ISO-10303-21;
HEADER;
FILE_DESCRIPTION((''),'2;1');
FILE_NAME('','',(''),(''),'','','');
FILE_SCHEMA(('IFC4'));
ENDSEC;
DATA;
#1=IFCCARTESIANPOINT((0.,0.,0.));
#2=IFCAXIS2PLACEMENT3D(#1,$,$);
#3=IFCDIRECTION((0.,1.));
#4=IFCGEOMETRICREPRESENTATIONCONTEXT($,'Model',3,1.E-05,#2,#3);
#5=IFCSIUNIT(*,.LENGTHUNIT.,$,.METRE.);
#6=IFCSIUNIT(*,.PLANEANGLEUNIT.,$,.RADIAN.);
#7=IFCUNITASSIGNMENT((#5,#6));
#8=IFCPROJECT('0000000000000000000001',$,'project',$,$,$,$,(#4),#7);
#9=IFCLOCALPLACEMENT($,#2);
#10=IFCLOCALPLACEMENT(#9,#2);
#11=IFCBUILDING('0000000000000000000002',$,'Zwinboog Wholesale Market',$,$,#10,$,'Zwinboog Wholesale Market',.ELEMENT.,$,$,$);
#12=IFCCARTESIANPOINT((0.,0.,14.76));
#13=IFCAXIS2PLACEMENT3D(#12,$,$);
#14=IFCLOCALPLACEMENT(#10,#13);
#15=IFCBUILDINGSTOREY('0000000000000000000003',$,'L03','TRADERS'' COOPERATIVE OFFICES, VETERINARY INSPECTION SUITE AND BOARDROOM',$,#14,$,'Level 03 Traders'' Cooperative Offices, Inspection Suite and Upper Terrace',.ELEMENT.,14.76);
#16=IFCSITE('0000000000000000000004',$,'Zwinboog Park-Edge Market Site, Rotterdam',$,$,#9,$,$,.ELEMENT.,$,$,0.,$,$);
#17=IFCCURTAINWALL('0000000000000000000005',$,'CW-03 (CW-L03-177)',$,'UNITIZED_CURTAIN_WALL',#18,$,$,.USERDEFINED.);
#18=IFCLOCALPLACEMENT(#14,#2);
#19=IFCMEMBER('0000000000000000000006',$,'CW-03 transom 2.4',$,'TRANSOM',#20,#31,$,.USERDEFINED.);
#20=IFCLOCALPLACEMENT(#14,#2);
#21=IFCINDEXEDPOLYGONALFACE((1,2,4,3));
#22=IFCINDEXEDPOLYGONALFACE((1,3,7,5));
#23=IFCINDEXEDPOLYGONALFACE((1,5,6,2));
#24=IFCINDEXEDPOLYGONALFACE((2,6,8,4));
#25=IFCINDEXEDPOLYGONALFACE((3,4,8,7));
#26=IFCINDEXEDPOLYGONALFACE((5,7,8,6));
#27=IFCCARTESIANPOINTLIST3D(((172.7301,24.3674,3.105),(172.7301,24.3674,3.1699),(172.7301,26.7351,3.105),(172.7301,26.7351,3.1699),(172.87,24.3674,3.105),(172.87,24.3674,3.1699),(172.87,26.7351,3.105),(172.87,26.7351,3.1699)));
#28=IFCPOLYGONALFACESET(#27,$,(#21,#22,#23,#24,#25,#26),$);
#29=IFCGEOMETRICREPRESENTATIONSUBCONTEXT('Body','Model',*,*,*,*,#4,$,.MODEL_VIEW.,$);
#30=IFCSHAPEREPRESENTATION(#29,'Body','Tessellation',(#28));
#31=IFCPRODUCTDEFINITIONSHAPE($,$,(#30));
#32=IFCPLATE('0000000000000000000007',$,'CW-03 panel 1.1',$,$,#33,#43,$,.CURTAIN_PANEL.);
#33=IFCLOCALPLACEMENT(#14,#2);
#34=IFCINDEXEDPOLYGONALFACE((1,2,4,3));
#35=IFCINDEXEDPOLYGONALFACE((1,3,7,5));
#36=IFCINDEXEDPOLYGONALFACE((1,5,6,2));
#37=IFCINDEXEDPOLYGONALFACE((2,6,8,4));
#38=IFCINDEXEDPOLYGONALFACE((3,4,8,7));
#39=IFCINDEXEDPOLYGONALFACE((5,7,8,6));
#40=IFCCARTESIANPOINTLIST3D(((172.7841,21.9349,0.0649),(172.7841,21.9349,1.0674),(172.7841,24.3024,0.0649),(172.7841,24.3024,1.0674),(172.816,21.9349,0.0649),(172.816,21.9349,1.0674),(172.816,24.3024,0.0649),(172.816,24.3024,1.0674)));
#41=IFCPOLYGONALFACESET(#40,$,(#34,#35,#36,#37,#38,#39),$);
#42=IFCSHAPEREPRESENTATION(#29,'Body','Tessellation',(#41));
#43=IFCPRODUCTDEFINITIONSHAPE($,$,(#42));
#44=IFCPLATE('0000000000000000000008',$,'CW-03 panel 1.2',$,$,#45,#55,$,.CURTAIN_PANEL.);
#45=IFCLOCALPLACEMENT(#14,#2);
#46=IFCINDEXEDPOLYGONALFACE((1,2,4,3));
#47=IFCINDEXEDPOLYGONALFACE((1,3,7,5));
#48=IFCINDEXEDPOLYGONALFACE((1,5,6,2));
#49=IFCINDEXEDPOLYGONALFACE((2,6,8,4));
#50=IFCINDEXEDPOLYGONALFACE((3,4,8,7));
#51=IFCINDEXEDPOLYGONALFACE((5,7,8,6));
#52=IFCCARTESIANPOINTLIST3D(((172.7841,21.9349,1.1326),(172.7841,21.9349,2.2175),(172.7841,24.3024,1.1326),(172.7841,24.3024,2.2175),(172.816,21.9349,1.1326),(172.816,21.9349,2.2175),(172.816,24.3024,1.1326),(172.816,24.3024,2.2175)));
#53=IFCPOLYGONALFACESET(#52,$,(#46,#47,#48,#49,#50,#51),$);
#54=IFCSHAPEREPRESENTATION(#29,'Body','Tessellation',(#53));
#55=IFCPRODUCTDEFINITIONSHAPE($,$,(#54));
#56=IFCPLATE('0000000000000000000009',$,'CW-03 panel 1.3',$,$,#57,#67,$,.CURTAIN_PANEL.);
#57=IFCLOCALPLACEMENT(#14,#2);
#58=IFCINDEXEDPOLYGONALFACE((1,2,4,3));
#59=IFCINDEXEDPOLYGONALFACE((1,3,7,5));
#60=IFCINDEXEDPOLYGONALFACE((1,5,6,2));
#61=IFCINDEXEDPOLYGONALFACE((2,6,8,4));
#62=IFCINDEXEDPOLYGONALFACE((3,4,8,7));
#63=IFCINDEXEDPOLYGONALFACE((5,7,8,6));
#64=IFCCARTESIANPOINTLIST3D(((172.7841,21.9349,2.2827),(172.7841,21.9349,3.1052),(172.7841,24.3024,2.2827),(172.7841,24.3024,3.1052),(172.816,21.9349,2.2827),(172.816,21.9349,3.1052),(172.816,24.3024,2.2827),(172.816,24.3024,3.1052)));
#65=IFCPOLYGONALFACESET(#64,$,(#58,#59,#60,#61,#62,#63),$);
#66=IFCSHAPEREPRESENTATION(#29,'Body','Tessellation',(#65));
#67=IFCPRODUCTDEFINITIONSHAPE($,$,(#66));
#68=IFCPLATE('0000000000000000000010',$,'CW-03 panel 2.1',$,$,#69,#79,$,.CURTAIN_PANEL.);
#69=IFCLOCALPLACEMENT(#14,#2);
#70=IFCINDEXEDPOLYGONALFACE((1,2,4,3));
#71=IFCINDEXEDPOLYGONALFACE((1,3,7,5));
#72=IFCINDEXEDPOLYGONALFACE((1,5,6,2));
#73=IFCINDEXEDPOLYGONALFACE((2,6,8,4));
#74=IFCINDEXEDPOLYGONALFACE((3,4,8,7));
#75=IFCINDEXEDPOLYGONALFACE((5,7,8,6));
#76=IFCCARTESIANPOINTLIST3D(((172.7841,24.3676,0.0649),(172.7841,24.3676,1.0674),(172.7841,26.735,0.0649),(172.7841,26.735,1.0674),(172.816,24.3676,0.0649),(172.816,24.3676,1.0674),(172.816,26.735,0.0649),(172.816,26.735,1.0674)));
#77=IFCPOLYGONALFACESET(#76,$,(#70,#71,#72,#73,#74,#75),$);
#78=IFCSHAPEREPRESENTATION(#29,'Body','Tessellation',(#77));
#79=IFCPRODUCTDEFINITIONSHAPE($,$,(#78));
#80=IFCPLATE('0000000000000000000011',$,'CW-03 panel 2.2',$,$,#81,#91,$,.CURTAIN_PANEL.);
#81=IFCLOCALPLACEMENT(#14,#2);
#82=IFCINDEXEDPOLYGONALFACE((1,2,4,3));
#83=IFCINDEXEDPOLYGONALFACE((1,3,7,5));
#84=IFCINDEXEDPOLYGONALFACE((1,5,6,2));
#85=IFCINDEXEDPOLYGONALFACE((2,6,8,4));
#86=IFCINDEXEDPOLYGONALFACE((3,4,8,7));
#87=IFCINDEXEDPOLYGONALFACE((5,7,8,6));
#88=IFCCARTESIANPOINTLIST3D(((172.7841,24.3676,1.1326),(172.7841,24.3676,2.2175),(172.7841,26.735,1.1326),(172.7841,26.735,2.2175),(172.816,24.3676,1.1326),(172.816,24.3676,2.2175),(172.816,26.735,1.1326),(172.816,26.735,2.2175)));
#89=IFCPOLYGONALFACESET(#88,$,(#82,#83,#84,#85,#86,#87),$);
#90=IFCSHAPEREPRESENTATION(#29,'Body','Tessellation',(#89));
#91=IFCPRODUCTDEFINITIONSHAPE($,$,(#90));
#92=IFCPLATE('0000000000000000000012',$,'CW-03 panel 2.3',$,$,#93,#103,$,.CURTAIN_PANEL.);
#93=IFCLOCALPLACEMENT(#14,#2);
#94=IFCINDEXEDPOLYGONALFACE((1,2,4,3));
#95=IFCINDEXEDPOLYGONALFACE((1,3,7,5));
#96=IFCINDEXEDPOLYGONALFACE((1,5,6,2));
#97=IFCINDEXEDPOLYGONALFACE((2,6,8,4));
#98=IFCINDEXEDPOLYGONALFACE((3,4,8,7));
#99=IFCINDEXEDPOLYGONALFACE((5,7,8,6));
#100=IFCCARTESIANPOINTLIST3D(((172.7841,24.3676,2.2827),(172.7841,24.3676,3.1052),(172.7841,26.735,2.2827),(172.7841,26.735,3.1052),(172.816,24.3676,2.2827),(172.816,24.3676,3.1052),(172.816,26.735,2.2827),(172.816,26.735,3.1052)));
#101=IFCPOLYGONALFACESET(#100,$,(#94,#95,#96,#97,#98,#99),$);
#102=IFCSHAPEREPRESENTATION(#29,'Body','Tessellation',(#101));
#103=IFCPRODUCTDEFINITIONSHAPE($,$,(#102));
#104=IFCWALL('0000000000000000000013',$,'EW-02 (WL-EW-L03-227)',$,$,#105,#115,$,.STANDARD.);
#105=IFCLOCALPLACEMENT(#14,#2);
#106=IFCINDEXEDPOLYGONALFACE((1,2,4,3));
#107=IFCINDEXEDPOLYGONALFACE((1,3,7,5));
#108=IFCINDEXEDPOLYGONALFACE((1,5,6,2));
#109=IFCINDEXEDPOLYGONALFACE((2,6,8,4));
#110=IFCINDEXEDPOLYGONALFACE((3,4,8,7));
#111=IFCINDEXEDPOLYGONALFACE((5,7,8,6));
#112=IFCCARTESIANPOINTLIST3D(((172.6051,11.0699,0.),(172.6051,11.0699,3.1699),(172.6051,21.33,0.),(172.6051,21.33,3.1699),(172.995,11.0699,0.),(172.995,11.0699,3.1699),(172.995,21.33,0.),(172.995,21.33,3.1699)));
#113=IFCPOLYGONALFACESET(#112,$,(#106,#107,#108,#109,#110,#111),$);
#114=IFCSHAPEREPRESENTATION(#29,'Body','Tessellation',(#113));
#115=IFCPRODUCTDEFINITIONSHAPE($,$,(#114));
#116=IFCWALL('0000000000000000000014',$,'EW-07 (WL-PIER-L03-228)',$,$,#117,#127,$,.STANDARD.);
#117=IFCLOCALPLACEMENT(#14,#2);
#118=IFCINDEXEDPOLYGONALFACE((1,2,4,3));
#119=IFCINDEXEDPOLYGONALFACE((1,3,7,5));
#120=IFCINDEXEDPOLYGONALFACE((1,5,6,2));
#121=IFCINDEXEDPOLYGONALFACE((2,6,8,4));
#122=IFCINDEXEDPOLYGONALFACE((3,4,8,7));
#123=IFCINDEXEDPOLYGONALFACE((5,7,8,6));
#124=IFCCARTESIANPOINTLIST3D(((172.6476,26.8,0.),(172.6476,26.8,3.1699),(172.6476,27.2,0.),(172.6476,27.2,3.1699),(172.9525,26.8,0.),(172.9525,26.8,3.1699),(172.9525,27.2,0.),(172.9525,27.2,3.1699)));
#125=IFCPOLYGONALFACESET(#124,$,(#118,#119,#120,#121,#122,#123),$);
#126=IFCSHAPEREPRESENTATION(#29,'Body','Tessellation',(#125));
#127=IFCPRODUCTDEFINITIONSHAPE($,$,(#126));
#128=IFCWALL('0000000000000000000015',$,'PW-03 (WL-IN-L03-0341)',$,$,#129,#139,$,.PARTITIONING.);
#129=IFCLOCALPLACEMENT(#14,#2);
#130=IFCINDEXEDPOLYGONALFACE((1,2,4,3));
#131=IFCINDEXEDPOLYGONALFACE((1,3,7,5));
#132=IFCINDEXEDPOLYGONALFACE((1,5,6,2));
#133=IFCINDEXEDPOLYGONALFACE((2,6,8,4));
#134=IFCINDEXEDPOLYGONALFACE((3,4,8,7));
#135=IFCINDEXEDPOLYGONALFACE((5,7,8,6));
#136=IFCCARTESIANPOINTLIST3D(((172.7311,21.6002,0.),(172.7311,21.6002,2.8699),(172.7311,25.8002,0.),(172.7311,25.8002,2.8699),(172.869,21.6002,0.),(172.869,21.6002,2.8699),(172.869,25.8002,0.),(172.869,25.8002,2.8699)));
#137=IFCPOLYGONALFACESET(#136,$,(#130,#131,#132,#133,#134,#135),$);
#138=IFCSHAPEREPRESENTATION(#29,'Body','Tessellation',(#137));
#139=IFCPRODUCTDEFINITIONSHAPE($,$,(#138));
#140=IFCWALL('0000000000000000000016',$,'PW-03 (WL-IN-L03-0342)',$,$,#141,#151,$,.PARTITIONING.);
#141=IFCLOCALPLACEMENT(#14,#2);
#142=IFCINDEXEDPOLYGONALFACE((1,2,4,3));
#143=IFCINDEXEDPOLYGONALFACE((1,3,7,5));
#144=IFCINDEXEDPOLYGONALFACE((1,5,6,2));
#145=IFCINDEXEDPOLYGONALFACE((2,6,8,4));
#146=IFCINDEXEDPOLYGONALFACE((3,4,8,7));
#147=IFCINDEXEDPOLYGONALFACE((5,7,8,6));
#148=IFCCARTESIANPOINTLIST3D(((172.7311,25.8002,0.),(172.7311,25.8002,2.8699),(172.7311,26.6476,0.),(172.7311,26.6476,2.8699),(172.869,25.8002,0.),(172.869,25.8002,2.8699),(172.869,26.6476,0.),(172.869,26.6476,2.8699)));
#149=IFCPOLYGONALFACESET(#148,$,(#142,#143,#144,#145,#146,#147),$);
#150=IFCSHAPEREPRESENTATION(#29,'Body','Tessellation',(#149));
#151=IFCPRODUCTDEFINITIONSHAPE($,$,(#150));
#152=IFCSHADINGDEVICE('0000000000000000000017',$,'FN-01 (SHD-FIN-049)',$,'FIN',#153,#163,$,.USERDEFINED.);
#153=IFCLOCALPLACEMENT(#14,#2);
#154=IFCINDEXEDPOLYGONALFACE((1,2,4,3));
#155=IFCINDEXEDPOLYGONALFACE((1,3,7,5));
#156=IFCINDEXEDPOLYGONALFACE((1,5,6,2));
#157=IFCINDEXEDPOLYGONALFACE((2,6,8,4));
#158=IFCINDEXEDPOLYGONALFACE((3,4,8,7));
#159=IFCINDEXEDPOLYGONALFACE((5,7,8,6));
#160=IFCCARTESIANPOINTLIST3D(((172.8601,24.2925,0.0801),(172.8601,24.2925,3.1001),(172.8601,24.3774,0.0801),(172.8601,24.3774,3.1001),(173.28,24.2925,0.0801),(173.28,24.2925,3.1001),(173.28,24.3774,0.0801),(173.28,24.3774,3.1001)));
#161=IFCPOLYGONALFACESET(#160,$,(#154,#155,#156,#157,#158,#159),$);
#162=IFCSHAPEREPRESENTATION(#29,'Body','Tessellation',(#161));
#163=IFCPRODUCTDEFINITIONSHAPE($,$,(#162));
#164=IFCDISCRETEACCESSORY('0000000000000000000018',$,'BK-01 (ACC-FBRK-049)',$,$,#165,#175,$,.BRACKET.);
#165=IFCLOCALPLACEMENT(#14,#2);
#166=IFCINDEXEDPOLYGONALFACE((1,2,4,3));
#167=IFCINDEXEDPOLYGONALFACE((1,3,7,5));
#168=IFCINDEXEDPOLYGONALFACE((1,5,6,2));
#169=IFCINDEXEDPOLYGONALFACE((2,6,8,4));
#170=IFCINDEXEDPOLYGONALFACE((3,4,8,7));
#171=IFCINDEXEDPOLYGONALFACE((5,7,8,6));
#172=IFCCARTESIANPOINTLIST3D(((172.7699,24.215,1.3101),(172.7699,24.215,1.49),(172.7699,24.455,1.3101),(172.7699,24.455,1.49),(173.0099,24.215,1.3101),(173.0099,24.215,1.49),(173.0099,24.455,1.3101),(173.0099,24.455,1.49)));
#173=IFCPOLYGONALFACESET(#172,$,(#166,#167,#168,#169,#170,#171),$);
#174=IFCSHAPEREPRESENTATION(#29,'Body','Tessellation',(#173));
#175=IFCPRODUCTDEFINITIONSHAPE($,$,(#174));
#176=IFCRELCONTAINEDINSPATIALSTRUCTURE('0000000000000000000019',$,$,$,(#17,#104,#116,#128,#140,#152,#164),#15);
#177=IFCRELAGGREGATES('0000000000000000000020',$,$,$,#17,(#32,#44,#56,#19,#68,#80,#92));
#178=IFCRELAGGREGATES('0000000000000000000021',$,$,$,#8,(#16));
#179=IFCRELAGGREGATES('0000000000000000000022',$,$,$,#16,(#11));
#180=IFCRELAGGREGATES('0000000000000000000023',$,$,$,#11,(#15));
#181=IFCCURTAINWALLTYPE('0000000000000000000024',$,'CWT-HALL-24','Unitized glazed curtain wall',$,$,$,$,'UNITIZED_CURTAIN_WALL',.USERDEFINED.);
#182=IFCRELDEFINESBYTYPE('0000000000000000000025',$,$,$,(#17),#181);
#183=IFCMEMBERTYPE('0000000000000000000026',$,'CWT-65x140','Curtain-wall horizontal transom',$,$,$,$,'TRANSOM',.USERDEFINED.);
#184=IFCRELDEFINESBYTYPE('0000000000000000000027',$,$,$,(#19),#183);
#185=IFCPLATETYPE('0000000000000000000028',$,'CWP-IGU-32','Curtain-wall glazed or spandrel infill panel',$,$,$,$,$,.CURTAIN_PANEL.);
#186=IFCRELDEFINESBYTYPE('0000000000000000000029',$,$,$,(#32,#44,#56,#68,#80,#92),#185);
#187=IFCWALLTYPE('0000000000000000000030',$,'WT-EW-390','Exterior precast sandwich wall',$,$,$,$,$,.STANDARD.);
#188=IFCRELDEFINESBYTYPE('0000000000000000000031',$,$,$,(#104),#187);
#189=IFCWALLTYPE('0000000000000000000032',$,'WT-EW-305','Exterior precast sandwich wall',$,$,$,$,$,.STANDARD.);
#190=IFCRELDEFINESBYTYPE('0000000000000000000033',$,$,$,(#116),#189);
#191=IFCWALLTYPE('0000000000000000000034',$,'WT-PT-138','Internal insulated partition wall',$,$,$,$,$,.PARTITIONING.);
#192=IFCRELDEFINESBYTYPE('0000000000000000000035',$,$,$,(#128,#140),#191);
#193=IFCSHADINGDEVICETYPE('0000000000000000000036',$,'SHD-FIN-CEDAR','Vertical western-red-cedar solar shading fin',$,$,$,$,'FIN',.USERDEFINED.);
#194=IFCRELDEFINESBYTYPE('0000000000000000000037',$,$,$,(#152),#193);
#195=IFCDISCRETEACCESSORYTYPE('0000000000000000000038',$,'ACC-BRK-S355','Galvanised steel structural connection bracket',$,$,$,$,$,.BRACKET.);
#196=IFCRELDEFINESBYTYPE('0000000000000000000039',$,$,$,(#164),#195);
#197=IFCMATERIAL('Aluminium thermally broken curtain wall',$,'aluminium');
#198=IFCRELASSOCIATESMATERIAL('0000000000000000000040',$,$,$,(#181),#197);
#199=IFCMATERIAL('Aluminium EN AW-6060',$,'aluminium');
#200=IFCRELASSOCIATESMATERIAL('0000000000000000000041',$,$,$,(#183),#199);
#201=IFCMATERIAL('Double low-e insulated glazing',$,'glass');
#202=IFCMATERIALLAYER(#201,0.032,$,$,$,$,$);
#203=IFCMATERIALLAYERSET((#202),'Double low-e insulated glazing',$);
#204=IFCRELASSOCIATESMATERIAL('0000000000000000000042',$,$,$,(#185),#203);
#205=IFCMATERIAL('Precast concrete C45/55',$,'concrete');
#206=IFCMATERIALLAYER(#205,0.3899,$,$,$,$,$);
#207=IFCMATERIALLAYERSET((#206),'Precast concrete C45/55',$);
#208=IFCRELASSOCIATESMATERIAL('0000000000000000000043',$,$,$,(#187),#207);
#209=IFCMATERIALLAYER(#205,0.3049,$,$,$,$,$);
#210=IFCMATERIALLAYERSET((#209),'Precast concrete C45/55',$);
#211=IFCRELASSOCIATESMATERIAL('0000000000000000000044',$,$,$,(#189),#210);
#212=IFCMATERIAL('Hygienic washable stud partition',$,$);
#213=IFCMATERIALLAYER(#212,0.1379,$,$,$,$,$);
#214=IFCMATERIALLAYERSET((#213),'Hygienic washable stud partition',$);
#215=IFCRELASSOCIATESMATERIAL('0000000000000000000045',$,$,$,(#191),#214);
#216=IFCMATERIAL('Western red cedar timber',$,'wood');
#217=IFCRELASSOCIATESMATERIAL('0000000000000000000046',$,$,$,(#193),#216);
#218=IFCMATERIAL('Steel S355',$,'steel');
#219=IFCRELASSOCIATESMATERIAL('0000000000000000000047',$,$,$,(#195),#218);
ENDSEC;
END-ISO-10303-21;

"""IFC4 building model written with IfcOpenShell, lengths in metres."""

from ifc_helpers import new_model, si_unit, direction, frame, frame_2d, origin, origin_2d, place, context, subcontext, project, spatial, rectangle, extrude, material, layer, layer_set, material_profile, profile_set, type_object, element, aggregate, save


model = new_model("IFC4")

# Units and contexts
model_context = context("Model", 3, precision=1e-05, world=origin(), true_north=direction((0.0, 1.0)))
body_context = subcontext(model_context, "Body", "Model", "MODEL_VIEW")
ifc_project = project(units=[si_unit("LENGTHUNIT", "METRE"), si_unit("PLANEANGLEUNIT", "RADIAN")], contexts=[model_context])

# Site, building, storey
site_placement = place(None, origin())
site = spatial("IfcSite", under=ifc_project, at=site_placement, Name="Zwinboog Park-Edge Market Site, Rotterdam", CompositionType="ELEMENT", RefElevation=0.0)
building_placement = place(site_placement, origin())
building = spatial("IfcBuilding", under=site, at=building_placement, Name="Zwinboog Wholesale Market", LongName="Zwinboog Wholesale Market", CompositionType="ELEMENT")
storey_placement = place(building_placement, frame((0.0, 0.0, 14.76)))
storey = spatial("IfcBuildingStorey", under=building, at=storey_placement, Name="L03", Description="TRADERS' COOPERATIVE OFFICES, VETERINARY INSPECTION SUITE AND BOARDROOM", LongName="Level 03 Traders' Cooperative Offices, Inspection Suite and Upper Terrace", CompositionType="ELEMENT", Elevation=14.76)

# Shared definitions
ifc_material_1 = material(Name="Precast concrete C45/55", Category="concrete")

# Curtain wall, member, plates
ifc_material_2 = material(Name="Aluminium thermally broken curtain wall", Category="aluminium")
curtain_wall_type = type_object("IfcCurtainWallType", Name="CWT-HALL-24", Description="Unitized glazed curtain wall", ElementType="UNITIZED_CURTAIN_WALL", PredefinedType="USERDEFINED", material=ifc_material_2)
curtain_wall_placement = place(storey_placement, origin())
curtain_wall = element("IfcCurtainWall", 1, at=curtain_wall_placement, inside=storey, type_object=curtain_wall_type, Name="CW-03 (CW-L03-177)", ObjectType="UNITIZED_CURTAIN_WALL", PredefinedType="USERDEFINED")
ifc_material_3 = material(Name="Aluminium EN AW-6060", Category="aluminium")
ifc_material_profile_1 = material_profile(ifc_material_3, rectangle(XDim=0.1399, YDim=0.0649, at=origin_2d()), Name="AL 65x140")
ifc_profile_set_1 = profile_set([ifc_material_profile_1], Name="Aluminium EN AW-6060")
member_type_1 = type_object("IfcMemberType", Name="CWT-65x140", Description="Curtain-wall horizontal transom", ElementType="TRANSOM", PredefinedType="USERDEFINED", material=ifc_profile_set_1)
member_1_placement = place(storey_placement, frame((172.8, 24.3674, 3.1375), z_axis=(0.0, 1.0, 0.0), x_axis=(-1.0, 0.0, 0.0)))
member_1 = element("IfcMember", 2, at=member_1_placement, type_object=member_type_1, Name="CW-03 transom 2.4", ObjectType="TRANSOM", PredefinedType="USERDEFINED", context=body_context, shape_type="SweptSolid", body=[
    extrude(rectangle(XDim=0.1399, YDim=0.0649, at=origin_2d()), origin(), (0.0, 0.0, 1.0), 2.3677),
])
ifc_material_4 = material(Name="Double low-e insulated glazing", Category="glass")
ifc_layer_1 = layer(ifc_material_4, 0.032)
ifc_layer_set_1 = layer_set([ifc_layer_1], Name="Double low-e insulated glazing")
plate_type = type_object("IfcPlateType", Name="CWP-IGU-32", Description="Curtain-wall glazed or spandrel infill panel", PredefinedType="CURTAIN_PANEL", material=ifc_layer_set_1)
plate_1_placement = place(storey_placement, frame((172.8, 23.1187, 0.0649), z_axis=(0.0, 0.0, 1.0), x_axis=(0.0, 1.0, 0.0)))
plate_1 = element("IfcPlate", 3, at=plate_1_placement, type_object=plate_type, Name="CW-03 panel 1.1", PredefinedType="CURTAIN_PANEL", context=body_context, shape_type="SweptSolid", body=[
    extrude(rectangle(XDim=2.3674, YDim=0.032, at=origin_2d()), origin(), (0.0, 0.0, 1.0), 1.0024),
])
plate_2_placement = place(storey_placement, frame((172.8, 23.1187, 1.1326), z_axis=(0.0, 0.0, 1.0), x_axis=(0.0, 1.0, 0.0)))
plate_2 = element("IfcPlate", 4, at=plate_2_placement, type_object=plate_type, Name="CW-03 panel 1.2", PredefinedType="CURTAIN_PANEL", context=body_context, shape_type="SweptSolid", body=[
    extrude(rectangle(XDim=2.3674, YDim=0.032, at=origin_2d()), origin(), (0.0, 0.0, 1.0), 1.085),
])
plate_3_placement = place(storey_placement, frame((172.8, 23.1187, 2.2827), z_axis=(0.0, 0.0, 1.0), x_axis=(0.0, 1.0, 0.0)))
plate_3 = element("IfcPlate", 5, at=plate_3_placement, type_object=plate_type, Name="CW-03 panel 1.3", PredefinedType="CURTAIN_PANEL", context=body_context, shape_type="SweptSolid", body=[
    extrude(rectangle(XDim=2.3674, YDim=0.032, at=origin_2d()), origin(), (0.0, 0.0, 1.0), 0.8225),
])
plate_4_placement = place(storey_placement, frame((172.8, 25.5513, 0.0649), z_axis=(0.0, 0.0, 1.0), x_axis=(0.0, 1.0, 0.0)))
plate_4 = element("IfcPlate", 6, at=plate_4_placement, type_object=plate_type, Name="CW-03 panel 2.1", PredefinedType="CURTAIN_PANEL", context=body_context, shape_type="SweptSolid", body=[
    extrude(rectangle(XDim=2.3674, YDim=0.032, at=origin_2d()), origin(), (0.0, 0.0, 1.0), 1.0024),
])
plate_5_placement = place(storey_placement, frame((172.8, 25.5513, 1.1326), z_axis=(0.0, 0.0, 1.0), x_axis=(0.0, 1.0, 0.0)))
plate_5 = element("IfcPlate", 7, at=plate_5_placement, type_object=plate_type, Name="CW-03 panel 2.2", PredefinedType="CURTAIN_PANEL", context=body_context, shape_type="SweptSolid", body=[
    extrude(rectangle(XDim=2.3674, YDim=0.032, at=origin_2d()), origin(), (0.0, 0.0, 1.0), 1.085),
])
plate_6_placement = place(storey_placement, frame((172.8, 25.5513, 2.2827), z_axis=(0.0, 0.0, 1.0), x_axis=(0.0, 1.0, 0.0)))
plate_6 = element("IfcPlate", 8, at=plate_6_placement, type_object=plate_type, Name="CW-03 panel 2.3", PredefinedType="CURTAIN_PANEL", context=body_context, shape_type="SweptSolid", body=[
    extrude(rectangle(XDim=2.3674, YDim=0.032, at=origin_2d()), origin(), (0.0, 0.0, 1.0), 0.8225),
])
aggregate(curtain_wall, [plate_1, plate_2, plate_3, member_1, plate_4, plate_5, plate_6])

# Walls
ifc_layer_2 = layer(ifc_material_1, 0.3899)
ifc_layer_set_2 = layer_set([ifc_layer_2], Name="Precast concrete C45/55")
wall_type_1 = type_object("IfcWallType", Name="WT-EW-390", Description="Exterior precast sandwich wall", PredefinedType="STANDARD", material=ifc_layer_set_2)
wall_1_placement = place(storey_placement, frame((172.8, 11.0701, 0.0), z_axis=(0.0, 0.0, 1.0), x_axis=(0.0, 1.0, 0.0)))
element("IfcWall", 9, at=wall_1_placement, inside=storey, type_object=wall_type_1, Name="EW-02 (WL-EW-L03-227)", PredefinedType="STANDARD", context=body_context, shape_type="SweptSolid", body=[
    extrude(rectangle(XDim=10.26, YDim=0.3899, at=frame_2d((5.1299, 0.0))), origin(), (0.0, 0.0, 1.0), 3.1699),
])
ifc_layer_3 = layer(ifc_material_1, 0.3049)
ifc_layer_set_3 = layer_set([ifc_layer_3], Name="Precast concrete C45/55")
wall_type_2 = type_object("IfcWallType", Name="WT-EW-305", Description="Exterior precast sandwich wall", PredefinedType="STANDARD", material=ifc_layer_set_3)
wall_2_placement = place(storey_placement, frame((172.8, 26.8, 0.0), z_axis=(0.0, 0.0, 1.0), x_axis=(0.0, 1.0, 0.0)))
element("IfcWall", 10, at=wall_2_placement, inside=storey, type_object=wall_type_2, Name="EW-07 (WL-PIER-L03-228)", PredefinedType="STANDARD", context=body_context, shape_type="SweptSolid", body=[
    extrude(rectangle(XDim=0.3999, YDim=0.3049, at=frame_2d((0.2, 0.0))), origin(), (0.0, 0.0, 1.0), 3.1699),
])
ifc_material_5 = material(Name="Hygienic washable stud partition")
ifc_layer_4 = layer(ifc_material_5, 0.1379)
ifc_layer_set_4 = layer_set([ifc_layer_4], Name="Hygienic washable stud partition")
wall_type_3 = type_object("IfcWallType", Name="WT-PT-138", Description="Internal insulated partition wall", PredefinedType="PARTITIONING", material=ifc_layer_set_4)
wall_3_placement = place(storey_placement, frame((172.8, 21.6001, 0.0), z_axis=(0.0, 0.0, 1.0), x_axis=(0.0, 1.0, 0.0)))
element("IfcWall", 11, at=wall_3_placement, inside=storey, type_object=wall_type_3, Name="PW-03 (WL-IN-L03-0341)", PredefinedType="PARTITIONING", context=body_context, shape_type="SweptSolid", body=[
    extrude(rectangle(XDim=4.2, YDim=0.1379, at=frame_2d((2.1001, 0.0))), origin(), (0.0, 0.0, 1.0), 2.8699),
])
wall_4_placement = place(storey_placement, frame((172.8, 25.8, 0.0), z_axis=(0.0, 0.0, 1.0), x_axis=(0.0, 1.0, 0.0)))
element("IfcWall", 12, at=wall_4_placement, inside=storey, type_object=wall_type_3, Name="PW-03 (WL-IN-L03-0342)", PredefinedType="PARTITIONING", context=body_context, shape_type="SweptSolid", body=[
    extrude(rectangle(XDim=0.8474, YDim=0.1379, at=frame_2d((0.4238, 0.0))), origin(), (0.0, 0.0, 1.0), 2.8699),
])

# Shading device
ifc_material_6 = material(Name="Western red cedar timber", Category="wood")
shading_device_type = type_object("IfcShadingDeviceType", Name="SHD-FIN-CEDAR", Description="Vertical western-red-cedar solar shading fin", ElementType="FIN", PredefinedType="USERDEFINED", material=ifc_material_6)
shading_device_placement = place(storey_placement, frame((173.0701, 24.335, 0.0801), z_axis=(0.0, 0.0, 1.0), x_axis=(1.0, 0.0, 0.0)))
element("IfcShadingDevice", 13, at=shading_device_placement, inside=storey, type_object=shading_device_type, Name="FN-01 (SHD-FIN-049)", ObjectType="FIN", PredefinedType="USERDEFINED", context=body_context, shape_type="SweptSolid", body=[
    extrude(rectangle(XDim=0.4199, YDim=0.085, at=origin_2d()), origin(), (0.0, 0.0, 1.0), 3.02),
])

# Discrete accessory
ifc_material_7 = material(Name="Steel S355", Category="steel")
discrete_accessory_type = type_object("IfcDiscreteAccessoryType", Name="ACC-BRK-S355", Description="Galvanised steel structural connection bracket", PredefinedType="BRACKET", material=ifc_material_7)
discrete_accessory_placement = place(storey_placement, frame((172.8899, 24.335, 1.3101), z_axis=(0.0, 0.0, 1.0), x_axis=(1.0, 0.0, 0.0)))
element("IfcDiscreteAccessory", 14, at=discrete_accessory_placement, inside=storey, type_object=discrete_accessory_type, Name="BK-01 (ACC-FBRK-049)", PredefinedType="BRACKET", context=body_context, shape_type="SweptSolid", body=[
    extrude(rectangle(XDim=0.24, YDim=0.24, at=origin_2d()), origin(), (0.0, 0.0, 1.0), 0.1799),
])

save(model, "model.ifc")
